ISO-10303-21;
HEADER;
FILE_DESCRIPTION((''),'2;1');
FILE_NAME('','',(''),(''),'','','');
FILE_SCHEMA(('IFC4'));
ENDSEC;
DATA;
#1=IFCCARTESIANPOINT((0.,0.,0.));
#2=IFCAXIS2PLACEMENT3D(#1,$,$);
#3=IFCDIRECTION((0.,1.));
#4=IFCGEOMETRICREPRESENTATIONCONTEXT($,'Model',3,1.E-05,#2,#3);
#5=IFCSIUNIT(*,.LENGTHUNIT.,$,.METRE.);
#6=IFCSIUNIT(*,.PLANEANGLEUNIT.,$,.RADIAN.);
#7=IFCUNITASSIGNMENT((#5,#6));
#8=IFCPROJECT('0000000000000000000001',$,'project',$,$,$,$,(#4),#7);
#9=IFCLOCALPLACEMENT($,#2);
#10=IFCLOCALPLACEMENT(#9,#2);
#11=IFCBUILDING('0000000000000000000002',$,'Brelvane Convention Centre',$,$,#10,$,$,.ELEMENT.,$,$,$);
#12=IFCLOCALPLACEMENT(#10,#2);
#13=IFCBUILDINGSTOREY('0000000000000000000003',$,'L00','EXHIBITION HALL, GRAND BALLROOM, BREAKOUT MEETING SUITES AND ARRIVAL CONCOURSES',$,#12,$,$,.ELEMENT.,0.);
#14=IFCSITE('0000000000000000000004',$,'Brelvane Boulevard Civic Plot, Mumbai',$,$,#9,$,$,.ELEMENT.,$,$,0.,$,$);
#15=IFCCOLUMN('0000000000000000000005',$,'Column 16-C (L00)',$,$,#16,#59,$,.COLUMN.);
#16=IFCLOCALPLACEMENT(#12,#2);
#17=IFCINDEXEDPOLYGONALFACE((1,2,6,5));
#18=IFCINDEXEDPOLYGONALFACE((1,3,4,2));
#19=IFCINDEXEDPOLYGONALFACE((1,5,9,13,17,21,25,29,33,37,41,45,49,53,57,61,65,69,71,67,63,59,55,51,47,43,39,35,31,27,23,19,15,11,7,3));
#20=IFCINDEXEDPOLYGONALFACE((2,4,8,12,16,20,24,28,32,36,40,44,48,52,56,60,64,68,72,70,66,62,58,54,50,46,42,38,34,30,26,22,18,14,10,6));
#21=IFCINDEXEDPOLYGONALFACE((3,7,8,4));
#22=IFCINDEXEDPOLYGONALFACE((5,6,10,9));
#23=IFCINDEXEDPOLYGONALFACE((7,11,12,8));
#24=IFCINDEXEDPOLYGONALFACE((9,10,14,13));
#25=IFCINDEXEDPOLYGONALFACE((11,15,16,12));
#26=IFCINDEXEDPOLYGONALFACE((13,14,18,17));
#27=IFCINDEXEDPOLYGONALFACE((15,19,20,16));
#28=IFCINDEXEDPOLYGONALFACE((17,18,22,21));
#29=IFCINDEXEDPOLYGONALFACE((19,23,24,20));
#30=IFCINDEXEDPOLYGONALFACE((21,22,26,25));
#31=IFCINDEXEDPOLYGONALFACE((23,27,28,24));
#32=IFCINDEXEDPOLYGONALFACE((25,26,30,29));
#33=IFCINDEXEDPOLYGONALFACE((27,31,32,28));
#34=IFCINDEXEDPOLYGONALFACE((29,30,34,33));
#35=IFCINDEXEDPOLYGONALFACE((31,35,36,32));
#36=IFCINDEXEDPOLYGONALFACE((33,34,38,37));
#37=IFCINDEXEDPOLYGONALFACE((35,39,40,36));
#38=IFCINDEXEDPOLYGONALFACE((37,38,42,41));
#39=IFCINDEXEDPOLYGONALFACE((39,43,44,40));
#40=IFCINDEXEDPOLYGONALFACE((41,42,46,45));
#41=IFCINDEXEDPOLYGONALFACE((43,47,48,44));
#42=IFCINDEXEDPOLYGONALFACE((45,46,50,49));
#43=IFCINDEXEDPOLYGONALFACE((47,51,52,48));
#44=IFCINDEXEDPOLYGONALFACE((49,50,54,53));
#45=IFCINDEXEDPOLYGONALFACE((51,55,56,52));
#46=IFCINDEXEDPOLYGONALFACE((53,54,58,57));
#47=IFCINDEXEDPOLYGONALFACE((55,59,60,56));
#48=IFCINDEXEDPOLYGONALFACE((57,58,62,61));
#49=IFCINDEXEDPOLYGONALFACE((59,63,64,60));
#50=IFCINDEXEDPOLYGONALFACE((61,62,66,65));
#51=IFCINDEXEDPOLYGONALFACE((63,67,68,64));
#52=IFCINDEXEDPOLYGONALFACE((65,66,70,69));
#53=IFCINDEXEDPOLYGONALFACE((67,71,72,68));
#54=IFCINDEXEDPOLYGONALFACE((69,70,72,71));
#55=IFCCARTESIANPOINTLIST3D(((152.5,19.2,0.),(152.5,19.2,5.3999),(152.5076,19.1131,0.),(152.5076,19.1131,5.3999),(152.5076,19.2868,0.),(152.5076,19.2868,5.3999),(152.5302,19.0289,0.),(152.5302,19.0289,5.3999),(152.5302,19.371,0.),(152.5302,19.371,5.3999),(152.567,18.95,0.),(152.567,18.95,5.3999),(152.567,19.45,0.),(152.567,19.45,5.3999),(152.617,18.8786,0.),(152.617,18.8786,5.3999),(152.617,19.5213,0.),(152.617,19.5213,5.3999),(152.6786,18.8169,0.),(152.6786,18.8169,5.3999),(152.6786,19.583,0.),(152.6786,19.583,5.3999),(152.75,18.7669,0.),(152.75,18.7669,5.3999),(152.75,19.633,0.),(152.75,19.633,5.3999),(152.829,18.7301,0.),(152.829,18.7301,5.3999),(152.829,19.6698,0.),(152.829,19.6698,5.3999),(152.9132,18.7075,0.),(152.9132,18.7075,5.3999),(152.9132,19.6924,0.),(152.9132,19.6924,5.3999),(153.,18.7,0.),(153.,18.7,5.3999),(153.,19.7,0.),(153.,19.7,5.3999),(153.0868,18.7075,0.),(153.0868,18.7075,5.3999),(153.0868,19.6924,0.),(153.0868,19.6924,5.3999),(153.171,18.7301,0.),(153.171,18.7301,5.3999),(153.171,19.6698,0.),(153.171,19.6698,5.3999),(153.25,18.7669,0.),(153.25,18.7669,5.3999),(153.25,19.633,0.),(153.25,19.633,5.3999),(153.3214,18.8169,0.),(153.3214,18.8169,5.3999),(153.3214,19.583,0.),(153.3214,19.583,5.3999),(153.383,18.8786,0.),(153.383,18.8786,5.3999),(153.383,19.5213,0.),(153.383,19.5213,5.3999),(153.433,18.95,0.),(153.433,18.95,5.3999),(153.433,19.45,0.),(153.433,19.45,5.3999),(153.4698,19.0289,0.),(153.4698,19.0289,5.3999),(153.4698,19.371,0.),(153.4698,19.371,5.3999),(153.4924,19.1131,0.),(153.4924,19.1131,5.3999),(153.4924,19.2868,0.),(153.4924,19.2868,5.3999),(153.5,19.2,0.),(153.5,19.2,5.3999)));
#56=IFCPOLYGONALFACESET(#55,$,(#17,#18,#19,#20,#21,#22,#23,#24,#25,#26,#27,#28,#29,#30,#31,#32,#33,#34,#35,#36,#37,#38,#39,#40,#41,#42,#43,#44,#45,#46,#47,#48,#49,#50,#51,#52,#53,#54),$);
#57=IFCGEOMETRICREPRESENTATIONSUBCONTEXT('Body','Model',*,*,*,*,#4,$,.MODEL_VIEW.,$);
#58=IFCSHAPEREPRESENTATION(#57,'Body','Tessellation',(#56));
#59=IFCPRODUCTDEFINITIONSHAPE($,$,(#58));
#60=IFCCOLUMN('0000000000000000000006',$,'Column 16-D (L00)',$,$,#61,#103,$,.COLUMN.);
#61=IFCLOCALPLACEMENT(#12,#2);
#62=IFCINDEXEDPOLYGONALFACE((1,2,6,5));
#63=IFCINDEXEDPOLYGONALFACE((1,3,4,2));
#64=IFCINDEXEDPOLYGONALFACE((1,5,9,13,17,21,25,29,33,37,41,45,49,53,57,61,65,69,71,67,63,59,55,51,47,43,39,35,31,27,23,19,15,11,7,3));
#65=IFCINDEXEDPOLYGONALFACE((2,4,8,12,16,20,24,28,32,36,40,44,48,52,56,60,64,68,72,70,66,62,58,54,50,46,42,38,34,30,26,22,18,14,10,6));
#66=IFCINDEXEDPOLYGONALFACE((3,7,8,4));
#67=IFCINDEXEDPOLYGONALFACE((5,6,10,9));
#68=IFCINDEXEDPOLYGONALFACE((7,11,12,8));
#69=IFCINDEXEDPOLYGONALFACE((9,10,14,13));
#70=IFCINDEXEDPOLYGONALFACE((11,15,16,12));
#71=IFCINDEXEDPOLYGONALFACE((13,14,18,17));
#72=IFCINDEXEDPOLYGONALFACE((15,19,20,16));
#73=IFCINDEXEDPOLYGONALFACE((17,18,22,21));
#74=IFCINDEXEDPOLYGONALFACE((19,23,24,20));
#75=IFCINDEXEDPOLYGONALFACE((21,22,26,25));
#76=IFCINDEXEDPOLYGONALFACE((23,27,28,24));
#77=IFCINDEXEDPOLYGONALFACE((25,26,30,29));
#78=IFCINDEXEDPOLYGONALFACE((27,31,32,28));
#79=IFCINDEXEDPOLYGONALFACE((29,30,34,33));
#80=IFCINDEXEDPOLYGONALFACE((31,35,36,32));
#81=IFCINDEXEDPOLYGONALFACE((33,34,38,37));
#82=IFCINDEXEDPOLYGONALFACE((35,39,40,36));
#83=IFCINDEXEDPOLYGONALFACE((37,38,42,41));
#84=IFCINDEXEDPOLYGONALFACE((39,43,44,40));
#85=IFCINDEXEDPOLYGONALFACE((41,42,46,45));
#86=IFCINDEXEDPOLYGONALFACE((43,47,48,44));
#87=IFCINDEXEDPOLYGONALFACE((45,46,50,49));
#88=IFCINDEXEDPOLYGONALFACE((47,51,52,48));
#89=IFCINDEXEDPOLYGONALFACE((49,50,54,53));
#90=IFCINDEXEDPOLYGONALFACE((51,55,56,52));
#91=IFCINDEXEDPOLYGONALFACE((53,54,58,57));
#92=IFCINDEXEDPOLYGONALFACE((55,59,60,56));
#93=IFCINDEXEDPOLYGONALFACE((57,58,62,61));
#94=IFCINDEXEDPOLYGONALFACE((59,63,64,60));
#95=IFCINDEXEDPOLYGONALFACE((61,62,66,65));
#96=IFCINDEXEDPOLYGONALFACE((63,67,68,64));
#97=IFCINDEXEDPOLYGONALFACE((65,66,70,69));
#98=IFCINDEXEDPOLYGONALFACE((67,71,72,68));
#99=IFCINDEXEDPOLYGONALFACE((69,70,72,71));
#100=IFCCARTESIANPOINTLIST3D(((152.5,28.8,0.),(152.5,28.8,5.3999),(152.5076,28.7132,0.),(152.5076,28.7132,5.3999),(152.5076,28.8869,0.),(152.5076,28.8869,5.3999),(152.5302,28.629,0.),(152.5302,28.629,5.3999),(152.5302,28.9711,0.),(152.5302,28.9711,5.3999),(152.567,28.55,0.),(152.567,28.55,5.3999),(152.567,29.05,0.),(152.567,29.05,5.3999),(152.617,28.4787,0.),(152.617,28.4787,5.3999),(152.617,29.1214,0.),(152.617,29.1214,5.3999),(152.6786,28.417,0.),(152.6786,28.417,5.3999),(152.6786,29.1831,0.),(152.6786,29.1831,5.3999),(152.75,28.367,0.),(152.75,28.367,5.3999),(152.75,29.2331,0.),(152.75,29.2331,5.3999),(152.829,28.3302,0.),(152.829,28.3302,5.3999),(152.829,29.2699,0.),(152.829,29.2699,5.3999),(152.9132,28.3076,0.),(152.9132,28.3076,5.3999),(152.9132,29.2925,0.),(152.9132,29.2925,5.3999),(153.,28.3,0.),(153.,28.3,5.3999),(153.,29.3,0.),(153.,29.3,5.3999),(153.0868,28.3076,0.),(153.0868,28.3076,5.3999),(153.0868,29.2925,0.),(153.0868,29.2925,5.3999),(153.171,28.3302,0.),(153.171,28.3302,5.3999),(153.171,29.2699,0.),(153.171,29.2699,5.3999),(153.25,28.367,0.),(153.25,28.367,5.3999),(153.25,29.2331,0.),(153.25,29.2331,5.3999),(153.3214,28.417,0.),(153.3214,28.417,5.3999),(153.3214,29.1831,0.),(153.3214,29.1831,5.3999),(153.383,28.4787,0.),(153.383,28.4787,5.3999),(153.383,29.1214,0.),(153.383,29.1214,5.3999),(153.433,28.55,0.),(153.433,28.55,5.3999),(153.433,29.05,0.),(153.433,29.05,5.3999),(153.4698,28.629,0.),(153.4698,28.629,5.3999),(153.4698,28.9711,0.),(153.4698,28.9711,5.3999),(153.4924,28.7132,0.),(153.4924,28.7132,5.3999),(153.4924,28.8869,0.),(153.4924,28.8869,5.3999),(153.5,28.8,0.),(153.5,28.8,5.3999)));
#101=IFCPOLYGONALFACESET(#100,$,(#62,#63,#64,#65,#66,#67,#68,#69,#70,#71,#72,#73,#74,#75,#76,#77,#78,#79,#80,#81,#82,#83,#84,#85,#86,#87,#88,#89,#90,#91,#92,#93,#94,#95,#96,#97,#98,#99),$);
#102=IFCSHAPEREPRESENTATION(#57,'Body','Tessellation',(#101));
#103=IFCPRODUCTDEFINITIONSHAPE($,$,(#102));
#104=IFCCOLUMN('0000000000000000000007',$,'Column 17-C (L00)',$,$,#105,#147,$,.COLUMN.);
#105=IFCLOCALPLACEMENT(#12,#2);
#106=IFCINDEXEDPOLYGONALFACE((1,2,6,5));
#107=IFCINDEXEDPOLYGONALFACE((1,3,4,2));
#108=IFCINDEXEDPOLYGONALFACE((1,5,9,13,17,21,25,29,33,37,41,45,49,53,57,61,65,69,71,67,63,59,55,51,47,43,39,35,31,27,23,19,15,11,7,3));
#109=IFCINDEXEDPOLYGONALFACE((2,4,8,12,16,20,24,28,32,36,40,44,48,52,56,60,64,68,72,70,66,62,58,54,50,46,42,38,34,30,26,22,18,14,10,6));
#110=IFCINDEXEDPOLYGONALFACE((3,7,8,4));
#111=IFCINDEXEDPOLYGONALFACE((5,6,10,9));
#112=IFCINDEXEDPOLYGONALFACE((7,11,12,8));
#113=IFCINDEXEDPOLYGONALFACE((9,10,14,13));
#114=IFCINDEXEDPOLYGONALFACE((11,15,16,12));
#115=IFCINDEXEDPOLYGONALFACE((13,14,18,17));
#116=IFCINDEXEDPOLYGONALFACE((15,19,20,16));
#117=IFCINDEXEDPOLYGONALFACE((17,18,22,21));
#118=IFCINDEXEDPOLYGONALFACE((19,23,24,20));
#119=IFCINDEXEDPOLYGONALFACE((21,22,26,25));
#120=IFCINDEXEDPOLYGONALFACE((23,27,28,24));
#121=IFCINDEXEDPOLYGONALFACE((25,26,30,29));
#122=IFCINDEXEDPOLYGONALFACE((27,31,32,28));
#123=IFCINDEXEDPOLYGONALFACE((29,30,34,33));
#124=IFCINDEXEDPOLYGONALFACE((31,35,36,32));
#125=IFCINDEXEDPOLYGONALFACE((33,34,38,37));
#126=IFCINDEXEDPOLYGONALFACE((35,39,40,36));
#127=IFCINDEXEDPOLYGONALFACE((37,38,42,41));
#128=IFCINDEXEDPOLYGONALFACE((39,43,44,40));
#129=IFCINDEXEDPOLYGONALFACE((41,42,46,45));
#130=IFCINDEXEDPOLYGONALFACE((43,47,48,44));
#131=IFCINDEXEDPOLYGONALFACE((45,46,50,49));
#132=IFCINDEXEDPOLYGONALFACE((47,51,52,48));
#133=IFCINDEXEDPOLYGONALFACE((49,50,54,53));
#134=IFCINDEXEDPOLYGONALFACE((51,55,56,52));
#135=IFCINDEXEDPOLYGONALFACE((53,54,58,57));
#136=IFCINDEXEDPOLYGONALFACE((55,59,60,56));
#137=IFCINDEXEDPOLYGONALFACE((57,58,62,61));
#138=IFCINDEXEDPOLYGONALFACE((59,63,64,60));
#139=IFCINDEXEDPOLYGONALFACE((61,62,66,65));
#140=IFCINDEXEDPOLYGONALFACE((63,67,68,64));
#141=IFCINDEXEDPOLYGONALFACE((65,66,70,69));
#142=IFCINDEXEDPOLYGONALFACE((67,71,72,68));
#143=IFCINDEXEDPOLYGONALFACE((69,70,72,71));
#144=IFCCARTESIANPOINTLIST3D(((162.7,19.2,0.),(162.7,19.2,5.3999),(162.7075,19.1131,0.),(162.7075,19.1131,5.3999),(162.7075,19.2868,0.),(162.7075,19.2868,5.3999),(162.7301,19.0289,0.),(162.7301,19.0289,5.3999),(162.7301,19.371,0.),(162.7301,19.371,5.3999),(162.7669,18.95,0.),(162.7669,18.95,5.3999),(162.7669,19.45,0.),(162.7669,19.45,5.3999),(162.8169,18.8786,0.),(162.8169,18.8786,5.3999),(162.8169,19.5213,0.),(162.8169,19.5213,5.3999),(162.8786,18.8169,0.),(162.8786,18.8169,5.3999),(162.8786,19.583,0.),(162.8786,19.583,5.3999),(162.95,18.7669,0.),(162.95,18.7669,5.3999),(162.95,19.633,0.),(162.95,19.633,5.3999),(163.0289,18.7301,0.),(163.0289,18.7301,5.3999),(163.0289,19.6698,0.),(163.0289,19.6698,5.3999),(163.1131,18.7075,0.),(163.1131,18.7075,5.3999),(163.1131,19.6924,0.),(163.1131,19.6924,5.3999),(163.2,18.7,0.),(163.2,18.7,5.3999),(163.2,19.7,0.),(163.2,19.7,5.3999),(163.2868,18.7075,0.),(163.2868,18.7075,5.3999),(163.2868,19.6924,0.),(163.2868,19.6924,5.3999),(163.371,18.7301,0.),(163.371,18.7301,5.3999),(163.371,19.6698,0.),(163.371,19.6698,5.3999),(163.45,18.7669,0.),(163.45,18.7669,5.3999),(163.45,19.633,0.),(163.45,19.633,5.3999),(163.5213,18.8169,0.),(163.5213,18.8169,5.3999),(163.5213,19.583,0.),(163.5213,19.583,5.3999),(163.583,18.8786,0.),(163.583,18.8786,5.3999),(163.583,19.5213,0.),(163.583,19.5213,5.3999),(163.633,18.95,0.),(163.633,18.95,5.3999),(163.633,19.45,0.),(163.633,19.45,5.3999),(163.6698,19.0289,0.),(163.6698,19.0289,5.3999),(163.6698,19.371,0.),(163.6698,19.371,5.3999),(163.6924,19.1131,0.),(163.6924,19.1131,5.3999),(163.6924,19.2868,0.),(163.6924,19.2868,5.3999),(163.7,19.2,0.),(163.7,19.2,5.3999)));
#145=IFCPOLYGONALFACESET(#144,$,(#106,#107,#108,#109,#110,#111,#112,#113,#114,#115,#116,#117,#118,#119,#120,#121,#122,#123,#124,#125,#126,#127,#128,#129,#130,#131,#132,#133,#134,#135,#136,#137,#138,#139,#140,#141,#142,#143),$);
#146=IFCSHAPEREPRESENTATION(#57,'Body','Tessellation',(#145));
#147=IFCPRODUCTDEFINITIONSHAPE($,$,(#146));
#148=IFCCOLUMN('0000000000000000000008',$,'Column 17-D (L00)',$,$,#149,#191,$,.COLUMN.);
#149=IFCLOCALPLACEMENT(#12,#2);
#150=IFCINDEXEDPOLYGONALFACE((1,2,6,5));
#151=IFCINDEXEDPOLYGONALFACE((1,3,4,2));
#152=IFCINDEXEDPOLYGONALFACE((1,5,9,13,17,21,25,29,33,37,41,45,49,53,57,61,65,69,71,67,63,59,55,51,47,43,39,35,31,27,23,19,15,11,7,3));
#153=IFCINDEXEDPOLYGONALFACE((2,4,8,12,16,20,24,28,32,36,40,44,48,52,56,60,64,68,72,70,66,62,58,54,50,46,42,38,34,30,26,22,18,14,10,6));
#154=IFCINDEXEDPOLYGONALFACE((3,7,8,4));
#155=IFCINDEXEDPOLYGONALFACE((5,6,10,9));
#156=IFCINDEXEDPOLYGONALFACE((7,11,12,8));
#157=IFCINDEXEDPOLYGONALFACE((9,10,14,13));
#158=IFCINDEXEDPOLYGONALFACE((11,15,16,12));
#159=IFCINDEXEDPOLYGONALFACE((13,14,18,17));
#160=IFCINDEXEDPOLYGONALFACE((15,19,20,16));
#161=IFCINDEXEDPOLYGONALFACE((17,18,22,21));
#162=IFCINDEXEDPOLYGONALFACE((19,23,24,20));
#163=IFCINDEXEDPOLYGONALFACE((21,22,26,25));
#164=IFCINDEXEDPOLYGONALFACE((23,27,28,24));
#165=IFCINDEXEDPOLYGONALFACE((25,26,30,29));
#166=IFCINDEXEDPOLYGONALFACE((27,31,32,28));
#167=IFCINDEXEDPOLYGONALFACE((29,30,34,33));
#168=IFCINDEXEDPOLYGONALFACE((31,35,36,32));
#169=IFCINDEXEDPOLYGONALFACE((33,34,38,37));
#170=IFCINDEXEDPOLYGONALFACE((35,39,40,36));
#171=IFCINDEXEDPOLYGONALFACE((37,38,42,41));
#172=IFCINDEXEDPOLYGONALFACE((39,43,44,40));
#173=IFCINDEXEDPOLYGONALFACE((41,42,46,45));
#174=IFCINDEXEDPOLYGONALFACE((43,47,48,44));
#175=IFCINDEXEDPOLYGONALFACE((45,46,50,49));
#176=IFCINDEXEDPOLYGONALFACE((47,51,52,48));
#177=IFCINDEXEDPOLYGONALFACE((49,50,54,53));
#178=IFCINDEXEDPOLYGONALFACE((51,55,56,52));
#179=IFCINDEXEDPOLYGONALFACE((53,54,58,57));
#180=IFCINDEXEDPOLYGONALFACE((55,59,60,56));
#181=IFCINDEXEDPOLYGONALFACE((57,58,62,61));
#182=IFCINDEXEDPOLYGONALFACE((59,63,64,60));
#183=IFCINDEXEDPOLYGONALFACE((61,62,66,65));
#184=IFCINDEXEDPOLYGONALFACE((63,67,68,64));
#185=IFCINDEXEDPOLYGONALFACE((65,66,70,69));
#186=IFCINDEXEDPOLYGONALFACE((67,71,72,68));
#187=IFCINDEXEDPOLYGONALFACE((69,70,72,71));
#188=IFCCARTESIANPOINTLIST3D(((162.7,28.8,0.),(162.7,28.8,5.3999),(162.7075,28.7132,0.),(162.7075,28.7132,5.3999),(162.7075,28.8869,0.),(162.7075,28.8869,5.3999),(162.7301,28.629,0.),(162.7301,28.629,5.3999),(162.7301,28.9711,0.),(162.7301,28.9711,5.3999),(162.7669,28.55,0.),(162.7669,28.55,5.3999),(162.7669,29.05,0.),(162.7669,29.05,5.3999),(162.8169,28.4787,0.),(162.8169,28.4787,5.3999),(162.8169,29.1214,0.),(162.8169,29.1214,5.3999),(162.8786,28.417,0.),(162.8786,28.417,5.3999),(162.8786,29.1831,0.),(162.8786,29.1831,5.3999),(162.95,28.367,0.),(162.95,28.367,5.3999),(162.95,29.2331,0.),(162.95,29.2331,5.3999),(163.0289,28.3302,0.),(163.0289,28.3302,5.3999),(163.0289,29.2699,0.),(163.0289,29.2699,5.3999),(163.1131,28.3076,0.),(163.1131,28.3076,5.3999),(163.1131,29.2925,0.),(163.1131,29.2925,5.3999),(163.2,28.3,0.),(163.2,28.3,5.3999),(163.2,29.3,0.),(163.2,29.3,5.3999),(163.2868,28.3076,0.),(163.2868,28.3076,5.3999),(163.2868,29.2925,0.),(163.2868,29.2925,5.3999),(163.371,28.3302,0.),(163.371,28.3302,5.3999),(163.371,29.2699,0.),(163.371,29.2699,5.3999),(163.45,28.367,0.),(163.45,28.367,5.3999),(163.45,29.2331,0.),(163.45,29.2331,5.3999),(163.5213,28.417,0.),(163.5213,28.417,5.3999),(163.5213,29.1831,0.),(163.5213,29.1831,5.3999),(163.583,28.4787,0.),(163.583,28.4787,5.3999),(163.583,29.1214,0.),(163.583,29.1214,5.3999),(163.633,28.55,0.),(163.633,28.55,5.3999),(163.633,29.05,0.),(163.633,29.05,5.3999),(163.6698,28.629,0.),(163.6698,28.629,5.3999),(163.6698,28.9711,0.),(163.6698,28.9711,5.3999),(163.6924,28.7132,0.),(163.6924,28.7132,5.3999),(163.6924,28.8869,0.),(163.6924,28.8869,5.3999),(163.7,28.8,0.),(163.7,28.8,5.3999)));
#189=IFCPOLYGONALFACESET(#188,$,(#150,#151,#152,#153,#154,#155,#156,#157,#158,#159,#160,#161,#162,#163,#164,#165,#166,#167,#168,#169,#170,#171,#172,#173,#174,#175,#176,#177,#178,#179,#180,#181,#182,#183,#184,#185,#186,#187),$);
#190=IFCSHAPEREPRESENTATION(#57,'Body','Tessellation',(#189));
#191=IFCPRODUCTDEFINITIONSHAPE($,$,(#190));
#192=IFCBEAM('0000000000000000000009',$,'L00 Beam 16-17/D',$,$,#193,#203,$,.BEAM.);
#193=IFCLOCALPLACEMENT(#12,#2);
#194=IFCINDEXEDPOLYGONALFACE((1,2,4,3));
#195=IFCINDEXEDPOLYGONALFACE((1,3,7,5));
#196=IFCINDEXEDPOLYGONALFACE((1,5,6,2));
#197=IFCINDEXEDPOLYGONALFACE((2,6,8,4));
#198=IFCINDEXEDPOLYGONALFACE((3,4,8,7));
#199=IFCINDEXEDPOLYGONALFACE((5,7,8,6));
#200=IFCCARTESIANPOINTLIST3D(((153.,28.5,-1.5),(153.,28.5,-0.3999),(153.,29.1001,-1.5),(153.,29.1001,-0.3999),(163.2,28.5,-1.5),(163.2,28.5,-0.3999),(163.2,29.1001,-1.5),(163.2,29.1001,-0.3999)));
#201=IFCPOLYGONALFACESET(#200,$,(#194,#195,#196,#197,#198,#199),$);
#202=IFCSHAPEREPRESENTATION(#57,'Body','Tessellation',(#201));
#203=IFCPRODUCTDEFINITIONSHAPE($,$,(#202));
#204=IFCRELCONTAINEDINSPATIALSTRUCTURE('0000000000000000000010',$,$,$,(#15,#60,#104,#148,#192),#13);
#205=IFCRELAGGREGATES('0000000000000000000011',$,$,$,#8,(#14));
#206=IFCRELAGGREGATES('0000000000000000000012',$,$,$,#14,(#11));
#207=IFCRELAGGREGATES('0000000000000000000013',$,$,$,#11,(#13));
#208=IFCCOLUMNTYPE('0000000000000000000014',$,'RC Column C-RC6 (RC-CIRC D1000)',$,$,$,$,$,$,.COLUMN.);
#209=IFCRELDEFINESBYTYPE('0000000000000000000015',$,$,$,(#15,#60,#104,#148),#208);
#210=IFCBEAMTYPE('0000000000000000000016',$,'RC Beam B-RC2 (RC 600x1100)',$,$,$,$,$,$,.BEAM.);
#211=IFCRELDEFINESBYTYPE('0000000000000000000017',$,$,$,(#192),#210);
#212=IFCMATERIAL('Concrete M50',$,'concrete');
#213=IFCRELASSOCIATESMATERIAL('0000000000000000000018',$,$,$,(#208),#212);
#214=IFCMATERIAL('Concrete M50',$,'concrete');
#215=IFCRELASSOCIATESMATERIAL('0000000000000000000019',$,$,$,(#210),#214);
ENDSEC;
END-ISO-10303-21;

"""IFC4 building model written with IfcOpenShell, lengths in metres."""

from ifc_helpers import new_model, si_unit, direction, frame, origin, origin_2d, place, context, subcontext, project, spatial, rectangle, circle, extrude, material, material_profile, profile_set, type_object, element, save


model = new_model("IFC4")

# Units and contexts
model_context = context("Model", 3, precision=1e-05, world=origin(), true_north=direction((0.0, 1.0)))
body_context = subcontext(model_context, "Body", "Model", "MODEL_VIEW")
ifc_project = project(units=[si_unit("LENGTHUNIT", "METRE"), si_unit("PLANEANGLEUNIT", "RADIAN")], contexts=[model_context])

# Site, building, storey
site_placement = place(None, origin())
site = spatial("IfcSite", under=ifc_project, at=site_placement, Name="Brelvane Boulevard Civic Plot, Mumbai", CompositionType="ELEMENT", RefElevation=0.0)
building_placement = place(site_placement, origin())
building = spatial("IfcBuilding", under=site, at=building_placement, Name="Brelvane Convention Centre", CompositionType="ELEMENT")
storey_placement = place(building_placement, origin())
storey = spatial("IfcBuildingStorey", under=building, at=storey_placement, Name="L00", Description="EXHIBITION HALL, GRAND BALLROOM, BREAKOUT MEETING SUITES AND ARRIVAL CONCOURSES", CompositionType="ELEMENT", Elevation=0.0)

# Columns
ifc_material_1 = material(Name="Concrete M50", Category="concrete")
ifc_material_profile_1 = material_profile(ifc_material_1, circle(Radius=0.5, at=origin_2d()), Name="RC-CIRC D1000")
ifc_profile_set_1 = profile_set([ifc_material_profile_1], Name="Concrete M50")
column_type = type_object("IfcColumnType", Name="RC Column C-RC6 (RC-CIRC D1000)", PredefinedType="COLUMN", material=ifc_profile_set_1)
for number, where, z_axis, x_axis, name in (
    (1, (153.0, 19.2, 0.0), (0.0, 0.0, 1.0), (1.0, 0.0, 0.0), "Column 16-C (L00)"),
    (2, (153.0, 28.8, 0.0), (0.0, 0.0, 1.0), (1.0, 0.0, 0.0), "Column 16-D (L00)"),
    (3, (163.2, 19.2, 0.0), (0.0, 0.0, 1.0), (1.0, 0.0, 0.0), "Column 17-C (L00)"),
    (4, (163.2, 28.8, 0.0), (0.0, 0.0, 1.0), (1.0, 0.0, 0.0), "Column 17-D (L00)"),
):
    element("IfcColumn", number, at=place(storey_placement, frame(where, z_axis=z_axis, x_axis=x_axis)), inside=storey, type_object=column_type, Name=name, PredefinedType="COLUMN", context=body_context, shape_type="SweptSolid", body=[
        extrude(circle(Radius=0.5, at=origin_2d()), origin(), (0.0, 0.0, 1.0), 5.3999),
    ])

# Beam
ifc_material_2 = material(Name="Concrete M50", Category="concrete")
ifc_material_profile_2 = material_profile(ifc_material_2, rectangle(XDim=0.6001, YDim=1.1001, at=origin_2d()), Name="RC 600x1100")
ifc_profile_set_2 = profile_set([ifc_material_profile_2], Name="Concrete M50")
beam_type_1 = type_object("IfcBeamType", Name="RC Beam B-RC2 (RC 600x1100)", PredefinedType="BEAM", material=ifc_profile_set_2)
for number, where, z_axis, x_axis, name in (
    (5, (153.0, 28.8, -0.95), (1.0, 0.0, 0.0), (0.0, 1.0, 0.0), "L00 Beam 16-17/D"),
):
    element("IfcBeam", number, at=place(storey_placement, frame(where, z_axis=z_axis, x_axis=x_axis)), inside=storey, type_object=beam_type_1, Name=name, PredefinedType="BEAM", context=body_context, shape_type="SweptSolid", body=[
        extrude(rectangle(XDim=0.6001, YDim=1.1001, at=origin_2d()), origin(), (0.0, 0.0, 1.0), 10.2),
    ])

save(model, "model.ifc")
